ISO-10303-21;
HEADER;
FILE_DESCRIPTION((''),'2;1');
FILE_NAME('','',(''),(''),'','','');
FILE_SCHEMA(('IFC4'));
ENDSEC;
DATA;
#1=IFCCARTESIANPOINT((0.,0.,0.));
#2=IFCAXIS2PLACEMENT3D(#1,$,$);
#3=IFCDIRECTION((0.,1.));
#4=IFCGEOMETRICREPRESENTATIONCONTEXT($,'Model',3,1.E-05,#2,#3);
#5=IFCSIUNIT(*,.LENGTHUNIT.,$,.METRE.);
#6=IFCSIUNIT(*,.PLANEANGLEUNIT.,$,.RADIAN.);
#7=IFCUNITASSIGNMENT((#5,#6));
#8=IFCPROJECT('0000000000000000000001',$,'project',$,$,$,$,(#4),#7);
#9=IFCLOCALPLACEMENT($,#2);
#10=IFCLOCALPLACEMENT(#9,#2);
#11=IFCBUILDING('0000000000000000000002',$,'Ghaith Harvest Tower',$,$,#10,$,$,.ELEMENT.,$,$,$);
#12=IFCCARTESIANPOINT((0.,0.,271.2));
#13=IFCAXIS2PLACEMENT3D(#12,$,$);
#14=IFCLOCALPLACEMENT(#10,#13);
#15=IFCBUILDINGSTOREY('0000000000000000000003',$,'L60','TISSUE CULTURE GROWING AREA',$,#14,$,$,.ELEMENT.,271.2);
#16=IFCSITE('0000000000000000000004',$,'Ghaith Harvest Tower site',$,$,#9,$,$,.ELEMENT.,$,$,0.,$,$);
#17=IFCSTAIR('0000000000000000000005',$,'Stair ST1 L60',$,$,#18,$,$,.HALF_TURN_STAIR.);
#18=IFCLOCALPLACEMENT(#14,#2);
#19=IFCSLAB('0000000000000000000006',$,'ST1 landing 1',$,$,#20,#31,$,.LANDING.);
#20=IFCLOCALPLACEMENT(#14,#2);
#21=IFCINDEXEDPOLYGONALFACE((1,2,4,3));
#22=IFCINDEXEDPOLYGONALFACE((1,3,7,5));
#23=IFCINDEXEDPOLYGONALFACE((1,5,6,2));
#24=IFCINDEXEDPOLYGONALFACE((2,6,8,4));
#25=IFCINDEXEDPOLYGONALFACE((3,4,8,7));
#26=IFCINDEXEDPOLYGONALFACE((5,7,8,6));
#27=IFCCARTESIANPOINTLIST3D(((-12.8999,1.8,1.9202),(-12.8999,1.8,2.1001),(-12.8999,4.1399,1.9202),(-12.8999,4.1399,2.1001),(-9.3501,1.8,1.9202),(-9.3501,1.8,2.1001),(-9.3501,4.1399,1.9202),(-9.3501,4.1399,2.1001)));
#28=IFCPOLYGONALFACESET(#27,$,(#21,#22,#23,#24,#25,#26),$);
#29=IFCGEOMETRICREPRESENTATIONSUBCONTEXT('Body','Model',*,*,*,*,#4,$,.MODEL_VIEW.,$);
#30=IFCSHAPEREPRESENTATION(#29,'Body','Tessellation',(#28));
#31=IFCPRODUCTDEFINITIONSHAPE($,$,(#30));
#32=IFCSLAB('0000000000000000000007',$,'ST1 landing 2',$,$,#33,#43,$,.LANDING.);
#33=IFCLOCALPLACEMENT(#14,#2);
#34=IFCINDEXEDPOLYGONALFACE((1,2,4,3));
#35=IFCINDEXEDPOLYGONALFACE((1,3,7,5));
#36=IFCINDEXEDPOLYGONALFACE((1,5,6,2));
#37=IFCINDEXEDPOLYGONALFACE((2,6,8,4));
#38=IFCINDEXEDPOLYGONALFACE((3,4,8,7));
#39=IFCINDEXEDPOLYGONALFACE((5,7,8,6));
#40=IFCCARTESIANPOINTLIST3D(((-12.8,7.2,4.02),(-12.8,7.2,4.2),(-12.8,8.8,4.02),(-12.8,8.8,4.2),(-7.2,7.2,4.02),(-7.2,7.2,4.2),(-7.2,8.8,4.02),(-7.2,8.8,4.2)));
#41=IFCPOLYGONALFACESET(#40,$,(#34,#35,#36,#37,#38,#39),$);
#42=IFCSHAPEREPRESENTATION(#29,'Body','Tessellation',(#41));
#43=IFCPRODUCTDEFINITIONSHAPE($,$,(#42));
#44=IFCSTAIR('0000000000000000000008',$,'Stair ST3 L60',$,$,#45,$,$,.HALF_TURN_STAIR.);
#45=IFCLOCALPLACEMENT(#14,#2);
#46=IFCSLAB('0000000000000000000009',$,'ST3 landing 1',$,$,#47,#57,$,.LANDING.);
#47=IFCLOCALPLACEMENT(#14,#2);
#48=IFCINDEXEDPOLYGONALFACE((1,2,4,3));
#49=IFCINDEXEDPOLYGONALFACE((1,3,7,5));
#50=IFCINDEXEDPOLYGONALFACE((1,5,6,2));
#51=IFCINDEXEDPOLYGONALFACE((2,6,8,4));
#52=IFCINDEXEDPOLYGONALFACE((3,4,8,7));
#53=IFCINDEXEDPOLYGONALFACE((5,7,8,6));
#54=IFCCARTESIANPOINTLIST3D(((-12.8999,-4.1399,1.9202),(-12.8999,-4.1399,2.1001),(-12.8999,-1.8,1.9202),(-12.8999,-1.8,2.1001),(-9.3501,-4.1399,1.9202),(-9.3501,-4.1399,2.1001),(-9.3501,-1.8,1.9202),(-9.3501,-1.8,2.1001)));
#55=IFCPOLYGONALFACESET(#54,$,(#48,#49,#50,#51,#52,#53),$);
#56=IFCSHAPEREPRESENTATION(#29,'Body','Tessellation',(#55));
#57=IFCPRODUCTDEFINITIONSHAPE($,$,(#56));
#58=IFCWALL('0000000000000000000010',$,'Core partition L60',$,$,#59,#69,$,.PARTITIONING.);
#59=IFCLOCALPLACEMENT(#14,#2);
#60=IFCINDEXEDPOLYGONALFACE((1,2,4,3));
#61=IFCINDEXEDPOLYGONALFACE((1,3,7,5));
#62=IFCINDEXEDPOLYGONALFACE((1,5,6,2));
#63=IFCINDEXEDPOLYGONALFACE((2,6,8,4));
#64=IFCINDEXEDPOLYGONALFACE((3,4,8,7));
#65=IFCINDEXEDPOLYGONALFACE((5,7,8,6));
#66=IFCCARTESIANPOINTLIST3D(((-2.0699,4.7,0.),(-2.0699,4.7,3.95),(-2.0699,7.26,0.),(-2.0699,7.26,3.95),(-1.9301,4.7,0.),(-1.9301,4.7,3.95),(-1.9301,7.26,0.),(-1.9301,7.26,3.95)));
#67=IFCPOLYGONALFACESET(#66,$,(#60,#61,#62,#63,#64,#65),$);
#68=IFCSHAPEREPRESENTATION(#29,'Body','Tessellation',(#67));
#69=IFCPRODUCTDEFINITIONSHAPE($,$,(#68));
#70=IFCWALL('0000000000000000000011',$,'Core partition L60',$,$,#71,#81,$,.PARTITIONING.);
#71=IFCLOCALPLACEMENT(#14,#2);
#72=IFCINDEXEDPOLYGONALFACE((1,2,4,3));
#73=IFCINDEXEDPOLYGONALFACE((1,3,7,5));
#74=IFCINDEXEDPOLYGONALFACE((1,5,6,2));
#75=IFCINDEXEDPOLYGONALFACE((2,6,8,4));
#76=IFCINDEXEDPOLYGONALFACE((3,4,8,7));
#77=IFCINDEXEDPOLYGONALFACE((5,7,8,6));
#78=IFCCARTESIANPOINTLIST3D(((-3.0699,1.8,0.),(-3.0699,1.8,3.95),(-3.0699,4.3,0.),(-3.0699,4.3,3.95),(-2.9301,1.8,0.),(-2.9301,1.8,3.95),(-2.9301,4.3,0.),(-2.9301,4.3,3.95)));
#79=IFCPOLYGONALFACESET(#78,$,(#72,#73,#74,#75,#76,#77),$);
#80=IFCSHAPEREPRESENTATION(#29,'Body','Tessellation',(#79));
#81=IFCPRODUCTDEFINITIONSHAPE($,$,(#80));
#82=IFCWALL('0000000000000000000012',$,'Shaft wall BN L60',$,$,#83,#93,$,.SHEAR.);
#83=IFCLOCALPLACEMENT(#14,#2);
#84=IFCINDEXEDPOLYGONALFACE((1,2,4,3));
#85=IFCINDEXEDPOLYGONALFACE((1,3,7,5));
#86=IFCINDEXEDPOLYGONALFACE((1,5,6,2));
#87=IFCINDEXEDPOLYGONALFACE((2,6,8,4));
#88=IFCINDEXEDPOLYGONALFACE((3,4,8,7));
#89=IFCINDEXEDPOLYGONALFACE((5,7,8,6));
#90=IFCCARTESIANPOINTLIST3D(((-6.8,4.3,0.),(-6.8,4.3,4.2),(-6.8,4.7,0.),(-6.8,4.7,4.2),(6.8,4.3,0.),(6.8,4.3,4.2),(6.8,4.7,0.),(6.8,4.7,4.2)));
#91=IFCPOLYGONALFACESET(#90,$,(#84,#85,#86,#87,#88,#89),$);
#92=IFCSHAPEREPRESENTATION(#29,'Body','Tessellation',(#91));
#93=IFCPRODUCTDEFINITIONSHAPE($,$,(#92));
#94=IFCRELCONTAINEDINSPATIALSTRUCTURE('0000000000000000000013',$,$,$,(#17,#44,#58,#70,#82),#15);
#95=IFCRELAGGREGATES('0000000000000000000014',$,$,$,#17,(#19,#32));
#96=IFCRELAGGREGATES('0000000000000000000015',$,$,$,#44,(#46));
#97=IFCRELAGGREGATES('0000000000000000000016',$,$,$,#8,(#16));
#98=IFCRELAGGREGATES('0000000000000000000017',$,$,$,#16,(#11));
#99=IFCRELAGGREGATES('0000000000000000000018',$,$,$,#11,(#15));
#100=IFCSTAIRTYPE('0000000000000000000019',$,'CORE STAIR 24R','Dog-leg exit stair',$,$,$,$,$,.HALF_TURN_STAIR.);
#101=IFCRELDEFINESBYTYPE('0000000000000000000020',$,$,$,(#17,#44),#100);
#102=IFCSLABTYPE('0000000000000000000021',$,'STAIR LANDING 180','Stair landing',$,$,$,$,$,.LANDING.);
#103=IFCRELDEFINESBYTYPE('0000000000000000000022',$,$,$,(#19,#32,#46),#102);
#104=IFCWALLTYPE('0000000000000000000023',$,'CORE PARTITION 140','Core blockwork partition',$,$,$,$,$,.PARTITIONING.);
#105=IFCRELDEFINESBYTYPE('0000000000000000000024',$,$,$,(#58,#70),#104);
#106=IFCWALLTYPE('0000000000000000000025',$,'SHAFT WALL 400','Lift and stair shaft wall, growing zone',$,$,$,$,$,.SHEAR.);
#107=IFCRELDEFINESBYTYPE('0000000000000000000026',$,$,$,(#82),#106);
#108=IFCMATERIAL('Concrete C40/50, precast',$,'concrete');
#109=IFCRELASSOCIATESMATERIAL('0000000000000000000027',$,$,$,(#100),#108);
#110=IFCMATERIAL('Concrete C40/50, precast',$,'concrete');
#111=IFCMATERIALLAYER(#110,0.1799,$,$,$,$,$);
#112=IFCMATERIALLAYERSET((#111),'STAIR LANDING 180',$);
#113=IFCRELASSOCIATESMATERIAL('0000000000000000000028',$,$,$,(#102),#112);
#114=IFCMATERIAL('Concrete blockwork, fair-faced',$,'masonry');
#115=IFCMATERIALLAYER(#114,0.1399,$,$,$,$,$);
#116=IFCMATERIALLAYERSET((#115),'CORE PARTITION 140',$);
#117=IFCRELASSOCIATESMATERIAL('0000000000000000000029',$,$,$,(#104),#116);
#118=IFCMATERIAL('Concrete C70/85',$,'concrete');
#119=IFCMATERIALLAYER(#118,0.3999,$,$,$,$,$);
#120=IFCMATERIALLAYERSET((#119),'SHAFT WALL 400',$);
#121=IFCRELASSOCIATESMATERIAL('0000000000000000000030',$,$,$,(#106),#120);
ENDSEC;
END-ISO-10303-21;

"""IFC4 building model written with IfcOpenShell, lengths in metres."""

from ifc_helpers import new_model, si_unit, direction, frame, frame_2d, origin, place, context, subcontext, project, spatial, polyline, rectangle, outline, extrude, material, layer, layer_set, type_object, element, aggregate, save


model = new_model("IFC4")

# Units and contexts
model_context = context("Model", 3, precision=1e-05, world=origin(), true_north=direction((0.0, 1.0)))
body_context = subcontext(model_context, "Body", "Model", "MODEL_VIEW")
ifc_project = project(units=[si_unit("LENGTHUNIT", "METRE"), si_unit("PLANEANGLEUNIT", "RADIAN")], contexts=[model_context])

# Site, building, storey
site_placement = place(None, origin())
site = spatial("IfcSite", under=ifc_project, at=site_placement, Name="Ghaith Harvest Tower site", CompositionType="ELEMENT", RefElevation=0.0)
building_placement = place(site_placement, origin())
building = spatial("IfcBuilding", under=site, at=building_placement, Name="Ghaith Harvest Tower", CompositionType="ELEMENT")
storey_placement = place(building_placement, frame((0.0, 0.0, 271.2)))
storey = spatial("IfcBuildingStorey", under=building, at=storey_placement, Name="L60", Description="TISSUE CULTURE GROWING AREA", CompositionType="ELEMENT", Elevation=271.2)

# Stair, slabs
ifc_material_1 = material(Name="Concrete C40/50, precast", Category="concrete")
stair_type = type_object("IfcStairType", Name="CORE STAIR 24R", Description="Dog-leg exit stair", PredefinedType="HALF_TURN_STAIR", material=ifc_material_1)
stair_1_placement = place(storey_placement, origin())
stair_1 = element("IfcStair", 1, at=stair_1_placement, inside=storey, type_object=stair_type, Name="Stair ST1 L60", PredefinedType="HALF_TURN_STAIR")
ifc_material_2 = material(Name="Concrete C40/50, precast", Category="concrete")
ifc_layer_1 = layer(ifc_material_2, 0.1799)
ifc_layer_set_1 = layer_set([ifc_layer_1], Name="STAIR LANDING 180")
slab_type_1 = type_object("IfcSlabType", Name="STAIR LANDING 180", Description="Stair landing", PredefinedType="LANDING", material=ifc_layer_set_1)
slab_1_placement = place(storey_placement, frame((0.0, 0.0, 1.9202)))
slab_1 = element("IfcSlab", 2, at=slab_1_placement, type_object=slab_type_1, Name="ST1 landing 1", PredefinedType="LANDING", context=body_context, shape_type="SweptSolid", body=[
    extrude(outline(polyline([(-12.8999, 4.1399), (-12.8999, 1.8), (-9.3501, 1.8), (-9.3501, 4.1399), (-12.8999, 4.1399)])), origin(), (0.0, 0.0, 1.0), 0.1799),
])
slab_2_placement = place(storey_placement, frame((0.0, 0.0, 4.02)))
slab_2 = element("IfcSlab", 3, at=slab_2_placement, type_object=slab_type_1, Name="ST1 landing 2", PredefinedType="LANDING", context=body_context, shape_type="SweptSolid", body=[
    extrude(outline(polyline([(-12.8, 8.8), (-12.8, 7.2), (-7.2, 7.2), (-7.2, 8.8), (-12.8, 8.8)])), origin(), (0.0, 0.0, 1.0), 0.1799),
])
aggregate(stair_1, [slab_1, slab_2])

# Stair, slab
stair_2_placement = place(storey_placement, origin())
stair_2 = element("IfcStair", 4, at=stair_2_placement, inside=storey, type_object=stair_type, Name="Stair ST3 L60", PredefinedType="HALF_TURN_STAIR")
slab_3_placement = place(storey_placement, frame((0.0, 0.0, 1.9202)))
slab_3 = element("IfcSlab", 5, at=slab_3_placement, type_object=slab_type_1, Name="ST3 landing 1", PredefinedType="LANDING", context=body_context, shape_type="SweptSolid", body=[
    extrude(outline(polyline([(-12.8999, -4.1399), (-12.8999, -1.8), (-9.3501, -1.8), (-9.3501, -4.1399), (-12.8999, -4.1399)])), origin(), (0.0, 0.0, 1.0), 0.1799),
])
aggregate(stair_2, [slab_3])

# Shared definitions
ifc_material_3 = material(Name="Concrete blockwork, fair-faced", Category="masonry")
ifc_layer_2 = layer(ifc_material_3, 0.1399)
ifc_layer_set_2 = layer_set([ifc_layer_2], Name="CORE PARTITION 140")
wall_type_1 = type_object("IfcWallType", Name="CORE PARTITION 140", Description="Core blockwork partition", PredefinedType="PARTITIONING", material=ifc_layer_set_2)

# Walls
wall_1_placement = place(storey_placement, frame((-2.0, 4.7, 0.0), z_axis=(0.0, 0.0, 1.0), x_axis=(0.0, 1.0, 0.0)))
element("IfcWall", 6, at=wall_1_placement, inside=storey, type_object=wall_type_1, Name="Core partition L60", PredefinedType="PARTITIONING", context=body_context, shape_type="SweptSolid", body=[
    extrude(rectangle(XDim=2.5601, YDim=0.1399, at=frame_2d((1.28, 0.0))), origin(), (0.0, 0.0, 1.0), 3.95),
])
wall_2_placement = place(storey_placement, frame((-3.0, 1.8, 0.0), z_axis=(0.0, 0.0, 1.0), x_axis=(0.0, 1.0, 0.0)))
element("IfcWall", 7, at=wall_2_placement, inside=storey, type_object=wall_type_1, Name="Core partition L60", PredefinedType="PARTITIONING", context=body_context, shape_type="SweptSolid", body=[
    extrude(rectangle(XDim=2.5, YDim=0.1399, at=frame_2d((1.25, 0.0))), origin(), (0.0, 0.0, 1.0), 3.95),
])
ifc_material_4 = material(Name="Concrete C70/85", Category="concrete")
ifc_layer_3 = layer(ifc_material_4, 0.3999)
ifc_layer_set_3 = layer_set([ifc_layer_3], Name="SHAFT WALL 400")
wall_type_2 = type_object("IfcWallType", Name="SHAFT WALL 400", Description="Lift and stair shaft wall, growing zone", PredefinedType="SHEAR", material=ifc_layer_set_3)
wall_3_placement = place(storey_placement, frame((-6.8, 4.5, 0.0), z_axis=(0.0, 0.0, 1.0), x_axis=(1.0, 0.0, 0.0)))
element("IfcWall", 8, at=wall_3_placement, inside=storey, type_object=wall_type_2, Name="Shaft wall BN L60", PredefinedType="SHEAR", context=body_context, shape_type="SweptSolid", body=[
    extrude(rectangle(XDim=13.6001, YDim=0.3999, at=frame_2d((6.8, 0.0))), origin(), (0.0, 0.0, 1.0), 4.2),
])

save(model, "model.ifc")
